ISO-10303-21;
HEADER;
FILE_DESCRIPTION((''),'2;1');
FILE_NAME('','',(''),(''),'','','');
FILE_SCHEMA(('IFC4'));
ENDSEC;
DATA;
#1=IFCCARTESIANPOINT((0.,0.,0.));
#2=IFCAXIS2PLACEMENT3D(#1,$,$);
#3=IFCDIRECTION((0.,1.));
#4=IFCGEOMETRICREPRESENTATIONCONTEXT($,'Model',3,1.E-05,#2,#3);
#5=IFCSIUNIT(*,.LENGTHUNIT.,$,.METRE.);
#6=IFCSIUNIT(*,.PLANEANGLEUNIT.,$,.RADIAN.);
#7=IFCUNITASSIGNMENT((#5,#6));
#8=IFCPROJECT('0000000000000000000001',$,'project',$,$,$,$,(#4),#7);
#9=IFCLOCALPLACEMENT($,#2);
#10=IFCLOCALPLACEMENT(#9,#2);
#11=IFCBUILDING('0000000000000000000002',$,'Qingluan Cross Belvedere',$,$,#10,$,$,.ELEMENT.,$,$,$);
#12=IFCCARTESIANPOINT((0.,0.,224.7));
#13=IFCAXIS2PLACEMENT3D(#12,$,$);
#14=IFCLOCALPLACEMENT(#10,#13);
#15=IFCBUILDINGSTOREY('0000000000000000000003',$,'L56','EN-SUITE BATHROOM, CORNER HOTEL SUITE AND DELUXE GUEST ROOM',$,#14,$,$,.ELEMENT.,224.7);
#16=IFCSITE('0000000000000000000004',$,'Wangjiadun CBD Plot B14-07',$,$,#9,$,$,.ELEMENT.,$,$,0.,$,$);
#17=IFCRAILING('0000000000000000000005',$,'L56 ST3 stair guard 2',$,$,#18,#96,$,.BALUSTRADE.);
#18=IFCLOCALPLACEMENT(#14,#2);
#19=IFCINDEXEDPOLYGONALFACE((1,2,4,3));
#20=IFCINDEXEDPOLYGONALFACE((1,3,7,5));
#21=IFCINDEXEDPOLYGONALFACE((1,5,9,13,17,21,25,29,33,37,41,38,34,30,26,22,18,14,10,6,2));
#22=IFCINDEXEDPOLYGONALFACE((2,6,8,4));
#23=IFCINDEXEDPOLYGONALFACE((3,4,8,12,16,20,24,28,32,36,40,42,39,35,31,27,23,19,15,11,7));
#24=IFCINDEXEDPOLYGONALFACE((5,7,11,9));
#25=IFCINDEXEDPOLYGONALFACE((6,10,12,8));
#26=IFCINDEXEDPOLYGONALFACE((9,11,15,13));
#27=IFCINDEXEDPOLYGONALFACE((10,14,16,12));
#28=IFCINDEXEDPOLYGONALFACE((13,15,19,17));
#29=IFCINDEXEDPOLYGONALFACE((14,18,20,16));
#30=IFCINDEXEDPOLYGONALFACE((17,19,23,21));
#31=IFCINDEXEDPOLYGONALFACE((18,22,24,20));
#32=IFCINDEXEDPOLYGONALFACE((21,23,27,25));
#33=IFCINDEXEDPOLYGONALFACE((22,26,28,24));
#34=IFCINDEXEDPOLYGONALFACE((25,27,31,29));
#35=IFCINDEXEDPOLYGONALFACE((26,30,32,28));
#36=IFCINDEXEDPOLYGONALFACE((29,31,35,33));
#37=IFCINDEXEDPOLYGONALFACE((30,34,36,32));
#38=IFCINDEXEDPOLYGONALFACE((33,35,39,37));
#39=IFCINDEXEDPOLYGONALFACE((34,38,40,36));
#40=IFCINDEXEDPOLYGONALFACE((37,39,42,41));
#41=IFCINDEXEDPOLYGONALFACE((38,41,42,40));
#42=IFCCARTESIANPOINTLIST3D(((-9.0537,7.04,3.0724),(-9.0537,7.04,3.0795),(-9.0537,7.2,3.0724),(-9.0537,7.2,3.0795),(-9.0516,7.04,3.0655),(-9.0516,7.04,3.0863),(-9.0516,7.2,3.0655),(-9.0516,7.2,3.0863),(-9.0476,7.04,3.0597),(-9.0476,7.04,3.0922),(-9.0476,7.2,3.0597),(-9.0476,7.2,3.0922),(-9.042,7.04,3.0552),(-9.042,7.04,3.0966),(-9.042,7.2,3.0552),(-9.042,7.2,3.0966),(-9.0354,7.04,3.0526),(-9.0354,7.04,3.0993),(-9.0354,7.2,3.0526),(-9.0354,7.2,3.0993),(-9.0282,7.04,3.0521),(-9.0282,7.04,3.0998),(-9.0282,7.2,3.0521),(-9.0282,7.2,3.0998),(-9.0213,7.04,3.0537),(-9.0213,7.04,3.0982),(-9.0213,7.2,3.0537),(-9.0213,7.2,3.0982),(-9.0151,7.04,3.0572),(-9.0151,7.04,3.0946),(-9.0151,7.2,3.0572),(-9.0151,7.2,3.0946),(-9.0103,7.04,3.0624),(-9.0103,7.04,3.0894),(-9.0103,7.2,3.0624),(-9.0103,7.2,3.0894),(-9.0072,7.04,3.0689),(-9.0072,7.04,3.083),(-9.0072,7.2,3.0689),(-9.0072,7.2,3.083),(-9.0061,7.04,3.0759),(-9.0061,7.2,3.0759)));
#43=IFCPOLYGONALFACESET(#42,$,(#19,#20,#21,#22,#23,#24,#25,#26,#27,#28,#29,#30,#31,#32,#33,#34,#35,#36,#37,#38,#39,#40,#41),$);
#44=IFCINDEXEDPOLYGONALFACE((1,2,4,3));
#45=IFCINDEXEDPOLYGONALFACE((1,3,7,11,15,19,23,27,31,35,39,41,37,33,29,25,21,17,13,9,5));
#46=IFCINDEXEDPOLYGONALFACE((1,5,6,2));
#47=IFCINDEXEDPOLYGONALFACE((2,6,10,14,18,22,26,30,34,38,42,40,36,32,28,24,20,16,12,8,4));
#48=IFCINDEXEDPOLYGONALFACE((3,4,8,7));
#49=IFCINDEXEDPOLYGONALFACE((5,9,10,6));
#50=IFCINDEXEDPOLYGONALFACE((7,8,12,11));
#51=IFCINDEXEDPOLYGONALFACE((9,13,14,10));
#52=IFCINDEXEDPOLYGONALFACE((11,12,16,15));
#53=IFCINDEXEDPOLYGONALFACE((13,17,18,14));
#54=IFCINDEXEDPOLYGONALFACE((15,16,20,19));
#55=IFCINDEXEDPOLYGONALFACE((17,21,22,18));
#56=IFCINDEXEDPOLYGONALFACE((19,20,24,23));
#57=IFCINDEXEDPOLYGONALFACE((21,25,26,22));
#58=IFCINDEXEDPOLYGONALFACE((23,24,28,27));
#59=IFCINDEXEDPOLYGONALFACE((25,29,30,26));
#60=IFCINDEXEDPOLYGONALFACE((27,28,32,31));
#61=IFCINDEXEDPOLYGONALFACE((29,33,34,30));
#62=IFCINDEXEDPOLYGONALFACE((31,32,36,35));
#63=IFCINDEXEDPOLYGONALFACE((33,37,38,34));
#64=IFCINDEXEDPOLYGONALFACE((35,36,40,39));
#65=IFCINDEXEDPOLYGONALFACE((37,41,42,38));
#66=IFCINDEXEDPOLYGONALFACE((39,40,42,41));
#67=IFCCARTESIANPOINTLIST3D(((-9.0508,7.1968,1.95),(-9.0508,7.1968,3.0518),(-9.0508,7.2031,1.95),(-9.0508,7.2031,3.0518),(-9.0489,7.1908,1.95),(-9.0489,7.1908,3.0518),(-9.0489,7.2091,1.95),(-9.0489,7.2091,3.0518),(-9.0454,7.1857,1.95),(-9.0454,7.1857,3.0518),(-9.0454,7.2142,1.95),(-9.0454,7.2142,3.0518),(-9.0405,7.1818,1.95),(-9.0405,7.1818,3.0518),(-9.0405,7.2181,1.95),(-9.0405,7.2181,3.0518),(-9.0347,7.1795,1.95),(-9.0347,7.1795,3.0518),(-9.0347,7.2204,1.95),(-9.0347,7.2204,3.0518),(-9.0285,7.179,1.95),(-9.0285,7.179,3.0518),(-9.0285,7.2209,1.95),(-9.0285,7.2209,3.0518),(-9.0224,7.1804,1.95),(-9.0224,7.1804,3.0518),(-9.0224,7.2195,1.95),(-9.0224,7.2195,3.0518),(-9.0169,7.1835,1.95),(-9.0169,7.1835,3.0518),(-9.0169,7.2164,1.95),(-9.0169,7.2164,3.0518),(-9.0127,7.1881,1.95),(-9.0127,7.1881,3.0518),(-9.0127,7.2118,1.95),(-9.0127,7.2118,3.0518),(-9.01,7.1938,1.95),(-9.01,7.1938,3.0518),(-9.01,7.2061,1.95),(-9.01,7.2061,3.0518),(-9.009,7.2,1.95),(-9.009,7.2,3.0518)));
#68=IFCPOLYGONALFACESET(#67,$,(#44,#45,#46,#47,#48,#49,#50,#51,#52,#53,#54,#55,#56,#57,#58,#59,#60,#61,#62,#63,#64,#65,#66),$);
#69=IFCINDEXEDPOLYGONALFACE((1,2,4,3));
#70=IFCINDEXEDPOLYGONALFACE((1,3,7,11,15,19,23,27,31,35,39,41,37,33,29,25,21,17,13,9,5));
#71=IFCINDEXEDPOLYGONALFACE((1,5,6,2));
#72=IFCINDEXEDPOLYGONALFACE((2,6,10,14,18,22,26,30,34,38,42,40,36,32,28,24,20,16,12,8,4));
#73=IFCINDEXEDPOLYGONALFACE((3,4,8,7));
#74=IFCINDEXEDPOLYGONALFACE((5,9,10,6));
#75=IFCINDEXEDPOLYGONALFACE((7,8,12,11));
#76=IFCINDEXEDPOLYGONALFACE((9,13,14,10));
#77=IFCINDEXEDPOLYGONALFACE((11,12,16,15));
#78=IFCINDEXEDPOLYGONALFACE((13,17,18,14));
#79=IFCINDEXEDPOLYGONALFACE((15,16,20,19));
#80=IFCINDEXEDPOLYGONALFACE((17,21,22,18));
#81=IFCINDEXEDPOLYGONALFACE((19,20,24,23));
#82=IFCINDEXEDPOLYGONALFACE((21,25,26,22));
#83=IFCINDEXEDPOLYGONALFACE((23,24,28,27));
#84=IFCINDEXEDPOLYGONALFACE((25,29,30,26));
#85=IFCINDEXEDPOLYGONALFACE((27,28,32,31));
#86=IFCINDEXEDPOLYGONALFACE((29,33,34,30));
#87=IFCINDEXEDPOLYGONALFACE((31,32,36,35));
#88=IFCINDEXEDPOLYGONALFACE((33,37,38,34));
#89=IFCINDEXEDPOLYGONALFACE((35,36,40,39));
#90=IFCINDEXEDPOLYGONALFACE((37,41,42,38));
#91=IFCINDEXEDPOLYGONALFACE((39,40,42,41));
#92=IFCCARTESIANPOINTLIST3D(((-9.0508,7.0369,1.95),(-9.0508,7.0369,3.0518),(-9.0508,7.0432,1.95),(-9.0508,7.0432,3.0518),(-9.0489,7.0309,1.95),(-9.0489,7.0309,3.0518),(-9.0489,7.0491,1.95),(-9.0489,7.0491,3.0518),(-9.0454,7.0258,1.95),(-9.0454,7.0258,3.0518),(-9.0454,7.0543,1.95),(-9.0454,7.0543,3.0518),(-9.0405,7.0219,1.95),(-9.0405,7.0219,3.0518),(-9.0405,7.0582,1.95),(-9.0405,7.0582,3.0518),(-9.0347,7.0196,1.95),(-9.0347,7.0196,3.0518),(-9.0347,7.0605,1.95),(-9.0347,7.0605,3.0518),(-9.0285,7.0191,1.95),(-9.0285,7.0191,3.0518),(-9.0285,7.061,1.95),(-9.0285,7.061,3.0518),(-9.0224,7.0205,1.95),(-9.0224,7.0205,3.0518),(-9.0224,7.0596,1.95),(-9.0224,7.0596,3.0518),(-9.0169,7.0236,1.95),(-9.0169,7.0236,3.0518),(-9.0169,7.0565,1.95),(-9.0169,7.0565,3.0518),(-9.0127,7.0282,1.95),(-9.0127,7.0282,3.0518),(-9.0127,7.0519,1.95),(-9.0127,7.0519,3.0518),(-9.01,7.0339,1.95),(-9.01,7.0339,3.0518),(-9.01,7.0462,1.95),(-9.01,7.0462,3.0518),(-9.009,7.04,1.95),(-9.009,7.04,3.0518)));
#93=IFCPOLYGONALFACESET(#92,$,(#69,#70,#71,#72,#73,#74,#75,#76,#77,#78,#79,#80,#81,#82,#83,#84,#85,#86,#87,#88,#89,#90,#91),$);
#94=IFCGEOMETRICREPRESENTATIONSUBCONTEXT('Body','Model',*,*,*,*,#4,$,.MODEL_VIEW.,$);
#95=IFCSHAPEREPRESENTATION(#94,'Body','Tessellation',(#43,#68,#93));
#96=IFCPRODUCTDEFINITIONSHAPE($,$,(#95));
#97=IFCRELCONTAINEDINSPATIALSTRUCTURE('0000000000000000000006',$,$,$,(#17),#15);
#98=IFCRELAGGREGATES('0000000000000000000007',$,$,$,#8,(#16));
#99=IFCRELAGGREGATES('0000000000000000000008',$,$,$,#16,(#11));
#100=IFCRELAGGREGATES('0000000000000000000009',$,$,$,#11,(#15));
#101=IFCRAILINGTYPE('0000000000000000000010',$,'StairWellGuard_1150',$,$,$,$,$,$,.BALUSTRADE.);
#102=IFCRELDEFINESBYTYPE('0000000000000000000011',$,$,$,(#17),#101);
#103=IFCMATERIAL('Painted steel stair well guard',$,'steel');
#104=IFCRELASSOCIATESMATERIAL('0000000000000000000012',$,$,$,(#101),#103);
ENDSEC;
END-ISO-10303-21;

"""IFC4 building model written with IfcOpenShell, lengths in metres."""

from ifc_helpers import new_model, si_unit, direction, frame, origin, origin_2d, place, context, subcontext, project, spatial, circle, extrude, material, type_object, element, save


model = new_model("IFC4")

# Units and contexts
model_context = context("Model", 3, precision=1e-05, world=origin(), true_north=direction((0.0, 1.0)))
body_context = subcontext(model_context, "Body", "Model", "MODEL_VIEW")
ifc_project = project(units=[si_unit("LENGTHUNIT", "METRE"), si_unit("PLANEANGLEUNIT", "RADIAN")], contexts=[model_context])

# Site, building, storey
site_placement = place(None, origin())
site = spatial("IfcSite", under=ifc_project, at=site_placement, Name="Wangjiadun CBD Plot B14-07", CompositionType="ELEMENT", RefElevation=0.0)
building_placement = place(site_placement, origin())
building = spatial("IfcBuilding", under=site, at=building_placement, Name="Qingluan Cross Belvedere", CompositionType="ELEMENT")
storey_placement = place(building_placement, frame((0.0, 0.0, 224.7)))
storey = spatial("IfcBuildingStorey", under=building, at=storey_placement, Name="L56", Description="EN-SUITE BATHROOM, CORNER HOTEL SUITE AND DELUXE GUEST ROOM", CompositionType="ELEMENT", Elevation=224.7)

# Railing
ifc_material_1 = material(Name="Painted steel stair well guard", Category="steel")
railing_type_1 = type_object("IfcRailingType", Name="StairWellGuard_1150", PredefinedType="BALUSTRADE", material=ifc_material_1)
railing_1_placement = place(storey_placement, frame((-9.03, 7.2, 1.95)))
element("IfcRailing", 1, at=railing_1_placement, inside=storey, type_object=railing_type_1, Name="L56 ST3 stair guard 2", PredefinedType="BALUSTRADE", context=body_context, shape_type="SweptSolid", body=[
    extrude(circle(Radius=0.0239, at=origin_2d()), frame((0.0, 0.0, 1.126), z_axis=(0.0, -1.0, 0.0), x_axis=(1.0, 0.0, 0.0)), (0.0, 0.0, 1.0), 0.1599),
    extrude(circle(Radius=0.021, at=origin_2d()), origin(), (0.0, 0.0, 1.0), 1.1018),
    extrude(circle(Radius=0.021, at=origin_2d()), frame((0.0, -0.1599, 0.0)), (0.0, 0.0, 1.0), 1.1018),
])

save(model, "model.ifc")
